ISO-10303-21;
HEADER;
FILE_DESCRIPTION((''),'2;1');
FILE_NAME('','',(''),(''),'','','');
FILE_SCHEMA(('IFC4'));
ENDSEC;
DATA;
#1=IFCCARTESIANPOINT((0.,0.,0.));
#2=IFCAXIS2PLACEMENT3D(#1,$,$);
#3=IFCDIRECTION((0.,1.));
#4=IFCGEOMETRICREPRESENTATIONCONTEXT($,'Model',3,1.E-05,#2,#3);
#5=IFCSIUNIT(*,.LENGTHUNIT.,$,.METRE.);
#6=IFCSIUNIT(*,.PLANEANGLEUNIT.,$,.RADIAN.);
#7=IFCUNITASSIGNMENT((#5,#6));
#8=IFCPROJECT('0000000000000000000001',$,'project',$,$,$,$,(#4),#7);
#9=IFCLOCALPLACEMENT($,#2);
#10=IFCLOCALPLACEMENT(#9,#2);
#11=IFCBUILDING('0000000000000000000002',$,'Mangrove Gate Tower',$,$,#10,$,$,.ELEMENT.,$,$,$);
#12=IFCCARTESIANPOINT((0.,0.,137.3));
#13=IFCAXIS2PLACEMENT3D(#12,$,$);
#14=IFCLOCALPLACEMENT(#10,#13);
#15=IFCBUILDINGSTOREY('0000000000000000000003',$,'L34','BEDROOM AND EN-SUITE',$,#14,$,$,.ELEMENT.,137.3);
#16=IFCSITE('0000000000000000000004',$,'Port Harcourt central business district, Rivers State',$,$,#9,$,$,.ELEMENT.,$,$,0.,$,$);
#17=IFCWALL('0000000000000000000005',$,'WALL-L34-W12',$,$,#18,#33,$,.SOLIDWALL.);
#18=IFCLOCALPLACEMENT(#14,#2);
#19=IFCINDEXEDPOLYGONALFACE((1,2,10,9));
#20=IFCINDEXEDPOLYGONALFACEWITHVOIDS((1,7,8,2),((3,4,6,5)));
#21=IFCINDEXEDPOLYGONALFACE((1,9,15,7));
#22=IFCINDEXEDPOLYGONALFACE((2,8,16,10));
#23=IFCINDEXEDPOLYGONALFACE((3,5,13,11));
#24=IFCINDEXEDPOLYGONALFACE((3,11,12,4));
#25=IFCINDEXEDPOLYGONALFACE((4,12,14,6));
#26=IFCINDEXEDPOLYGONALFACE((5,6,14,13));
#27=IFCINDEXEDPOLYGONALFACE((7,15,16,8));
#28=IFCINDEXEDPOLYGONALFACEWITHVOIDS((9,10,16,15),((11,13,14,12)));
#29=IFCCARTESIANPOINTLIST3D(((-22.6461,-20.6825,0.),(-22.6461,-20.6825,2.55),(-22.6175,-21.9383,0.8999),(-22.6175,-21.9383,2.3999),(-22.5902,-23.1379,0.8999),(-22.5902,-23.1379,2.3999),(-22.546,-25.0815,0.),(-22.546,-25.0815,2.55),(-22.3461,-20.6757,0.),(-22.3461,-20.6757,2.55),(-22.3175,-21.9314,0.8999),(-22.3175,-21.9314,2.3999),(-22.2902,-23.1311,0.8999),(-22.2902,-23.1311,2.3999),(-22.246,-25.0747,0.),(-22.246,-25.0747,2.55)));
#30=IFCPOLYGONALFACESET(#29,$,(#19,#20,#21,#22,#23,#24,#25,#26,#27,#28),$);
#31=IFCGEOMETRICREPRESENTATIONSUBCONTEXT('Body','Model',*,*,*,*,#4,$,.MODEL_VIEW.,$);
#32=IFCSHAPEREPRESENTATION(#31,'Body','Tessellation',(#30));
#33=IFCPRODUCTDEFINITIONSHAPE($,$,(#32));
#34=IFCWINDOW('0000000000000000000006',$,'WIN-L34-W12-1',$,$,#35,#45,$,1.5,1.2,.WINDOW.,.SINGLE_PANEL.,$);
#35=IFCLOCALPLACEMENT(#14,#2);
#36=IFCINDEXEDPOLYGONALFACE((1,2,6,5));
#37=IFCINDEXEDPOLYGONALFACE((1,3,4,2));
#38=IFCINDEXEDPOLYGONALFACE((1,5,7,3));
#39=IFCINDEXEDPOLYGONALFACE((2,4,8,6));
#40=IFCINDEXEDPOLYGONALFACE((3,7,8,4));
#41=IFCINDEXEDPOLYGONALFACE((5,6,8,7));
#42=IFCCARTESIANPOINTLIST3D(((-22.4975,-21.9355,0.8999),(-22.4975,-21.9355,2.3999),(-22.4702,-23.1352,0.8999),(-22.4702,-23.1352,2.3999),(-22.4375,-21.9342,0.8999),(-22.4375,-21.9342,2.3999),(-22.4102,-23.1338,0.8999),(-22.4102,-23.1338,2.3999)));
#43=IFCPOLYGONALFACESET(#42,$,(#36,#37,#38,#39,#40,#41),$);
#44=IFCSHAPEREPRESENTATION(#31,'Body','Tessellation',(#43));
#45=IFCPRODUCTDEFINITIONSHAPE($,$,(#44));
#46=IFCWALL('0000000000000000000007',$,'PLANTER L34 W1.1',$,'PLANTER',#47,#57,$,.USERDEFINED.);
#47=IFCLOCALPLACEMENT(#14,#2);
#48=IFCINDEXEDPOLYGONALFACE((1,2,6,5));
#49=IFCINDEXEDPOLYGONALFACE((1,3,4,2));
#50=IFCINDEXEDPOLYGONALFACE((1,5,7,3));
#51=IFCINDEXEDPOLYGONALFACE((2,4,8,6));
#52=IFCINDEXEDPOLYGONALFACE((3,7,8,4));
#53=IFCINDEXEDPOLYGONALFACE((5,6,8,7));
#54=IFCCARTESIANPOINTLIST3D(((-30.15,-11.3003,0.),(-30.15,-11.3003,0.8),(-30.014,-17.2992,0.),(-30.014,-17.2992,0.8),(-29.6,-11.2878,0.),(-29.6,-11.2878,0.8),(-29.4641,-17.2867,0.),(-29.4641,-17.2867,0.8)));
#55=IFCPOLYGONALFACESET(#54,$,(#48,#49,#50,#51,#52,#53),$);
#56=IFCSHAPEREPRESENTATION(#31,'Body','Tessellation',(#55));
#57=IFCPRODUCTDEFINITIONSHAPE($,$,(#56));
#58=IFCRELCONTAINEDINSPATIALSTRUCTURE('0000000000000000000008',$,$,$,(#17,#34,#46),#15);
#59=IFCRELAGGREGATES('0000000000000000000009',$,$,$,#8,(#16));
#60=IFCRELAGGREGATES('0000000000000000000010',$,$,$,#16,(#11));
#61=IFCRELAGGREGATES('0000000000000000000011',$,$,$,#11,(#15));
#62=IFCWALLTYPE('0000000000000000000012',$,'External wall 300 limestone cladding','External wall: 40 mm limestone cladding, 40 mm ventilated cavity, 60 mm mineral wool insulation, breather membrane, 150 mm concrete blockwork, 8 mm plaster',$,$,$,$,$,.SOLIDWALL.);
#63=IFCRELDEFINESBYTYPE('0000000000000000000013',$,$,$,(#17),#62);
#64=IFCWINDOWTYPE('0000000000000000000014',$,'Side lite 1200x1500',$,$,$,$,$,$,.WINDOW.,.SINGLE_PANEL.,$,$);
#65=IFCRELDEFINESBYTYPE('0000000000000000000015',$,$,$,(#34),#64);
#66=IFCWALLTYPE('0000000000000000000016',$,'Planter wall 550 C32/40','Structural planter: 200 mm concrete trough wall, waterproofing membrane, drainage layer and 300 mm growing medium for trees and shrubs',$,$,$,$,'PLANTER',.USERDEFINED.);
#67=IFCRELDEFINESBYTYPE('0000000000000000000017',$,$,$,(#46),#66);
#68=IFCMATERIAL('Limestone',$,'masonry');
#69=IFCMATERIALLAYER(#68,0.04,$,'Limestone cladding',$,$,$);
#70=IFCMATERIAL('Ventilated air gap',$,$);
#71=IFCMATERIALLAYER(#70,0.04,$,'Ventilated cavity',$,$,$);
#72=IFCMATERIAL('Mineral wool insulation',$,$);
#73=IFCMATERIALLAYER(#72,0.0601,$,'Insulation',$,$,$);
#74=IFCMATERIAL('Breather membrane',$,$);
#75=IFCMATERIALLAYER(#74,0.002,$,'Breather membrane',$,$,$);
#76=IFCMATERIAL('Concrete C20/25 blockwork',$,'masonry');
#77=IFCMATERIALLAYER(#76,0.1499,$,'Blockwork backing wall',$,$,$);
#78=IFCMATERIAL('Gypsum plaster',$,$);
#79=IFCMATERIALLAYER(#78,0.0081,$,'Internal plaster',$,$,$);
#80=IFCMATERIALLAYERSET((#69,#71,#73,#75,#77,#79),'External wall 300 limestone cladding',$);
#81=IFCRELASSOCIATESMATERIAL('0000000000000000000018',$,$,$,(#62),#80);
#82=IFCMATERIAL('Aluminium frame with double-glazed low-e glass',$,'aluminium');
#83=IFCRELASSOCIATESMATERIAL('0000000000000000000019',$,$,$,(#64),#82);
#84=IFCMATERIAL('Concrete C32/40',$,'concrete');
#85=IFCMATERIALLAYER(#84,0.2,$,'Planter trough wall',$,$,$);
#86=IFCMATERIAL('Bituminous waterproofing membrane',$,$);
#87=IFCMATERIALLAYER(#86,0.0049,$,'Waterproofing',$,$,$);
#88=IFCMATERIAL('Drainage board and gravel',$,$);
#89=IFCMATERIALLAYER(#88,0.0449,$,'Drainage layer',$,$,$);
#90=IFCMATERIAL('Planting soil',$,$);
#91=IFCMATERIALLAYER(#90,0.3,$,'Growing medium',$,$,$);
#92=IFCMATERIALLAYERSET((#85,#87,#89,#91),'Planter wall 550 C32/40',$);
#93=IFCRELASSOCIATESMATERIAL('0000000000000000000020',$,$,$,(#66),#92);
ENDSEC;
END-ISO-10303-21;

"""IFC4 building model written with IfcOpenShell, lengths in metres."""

from ifc_helpers import new_model, si_unit, direction, frame, frame_2d, origin, place, context, subcontext, project, spatial, rectangle, extrude, material, layer, layer_set, type_object, element, fill, save


model = new_model("IFC4")

# Units and contexts
model_context = context("Model", 3, precision=1e-05, world=origin(), true_north=direction((0.0, 1.0)))
body_context = subcontext(model_context, "Body", "Model", "MODEL_VIEW")
ifc_project = project(units=[si_unit("LENGTHUNIT", "METRE"), si_unit("PLANEANGLEUNIT", "RADIAN")], contexts=[model_context])

# Site, building, storey
site_placement = place(None, origin())
site = spatial("IfcSite", under=ifc_project, at=site_placement, Name="Port Harcourt central business district, Rivers State", CompositionType="ELEMENT", RefElevation=0.0)
building_placement = place(site_placement, origin())
building = spatial("IfcBuilding", under=site, at=building_placement, Name="Mangrove Gate Tower", CompositionType="ELEMENT")
storey_placement = place(building_placement, frame((0.0, 0.0, 137.3)))
storey = spatial("IfcBuildingStorey", under=building, at=storey_placement, Name="L34", Description="BEDROOM AND EN-SUITE", CompositionType="ELEMENT", Elevation=137.3)

# Wall, opening, window
ifc_material_1 = material(Name="Limestone", Category="masonry")
ifc_layer_1 = layer(ifc_material_1, 0.04, Name="Limestone cladding")
ifc_material_2 = material(Name="Ventilated air gap")
ifc_layer_2 = layer(ifc_material_2, 0.04, Name="Ventilated cavity")
ifc_material_3 = material(Name="Mineral wool insulation")
ifc_layer_3 = layer(ifc_material_3, 0.0601, Name="Insulation")
ifc_material_4 = material(Name="Breather membrane")
ifc_layer_4 = layer(ifc_material_4, 0.002, Name="Breather membrane")
ifc_material_5 = material(Name="Concrete C20/25 blockwork", Category="masonry")
ifc_layer_5 = layer(ifc_material_5, 0.1499, Name="Blockwork backing wall")
ifc_material_6 = material(Name="Gypsum plaster")
ifc_layer_6 = layer(ifc_material_6, 0.0081, Name="Internal plaster")
ifc_layer_set_1 = layer_set([ifc_layer_1, ifc_layer_2, ifc_layer_3, ifc_layer_4, ifc_layer_5, ifc_layer_6], Name="External wall 300 limestone cladding")
wall_type_1 = type_object("IfcWallType", Name="External wall 300 limestone cladding", Description="External wall: 40 mm limestone cladding, 40 mm ventilated cavity, 60 mm mineral wool insulation, breather membrane, 150 mm concrete blockwork, 8 mm plaster", PredefinedType="SOLIDWALL", material=ifc_layer_set_1)
ifc_material_7 = material(Name="Aluminium frame with double-glazed low-e glass", Category="aluminium")
window_type = type_object("IfcWindowType", Name="Side lite 1200x1500", PartitioningType="SINGLE_PANEL", PredefinedType="WINDOW", material=ifc_material_7)
wall_1_placement = place(storey_placement, frame((-22.4961, -20.679, 0.0), z_axis=(0.0, 0.0, 1.0), x_axis=(0.022749, -0.999741, 0.0)))
wall_1 = element("IfcWall", 1, at=wall_1_placement, inside=storey, type_object=wall_type_1, Name="WALL-L34-W12", PredefinedType="SOLIDWALL", context=body_context, shape_type="SweptSolid", body=[
    extrude(rectangle(XDim=4.4001, YDim=0.3, at=frame_2d((2.2002, 0.0))), origin(), (0.0, 0.0, 1.0), 2.55),
])
opening_1_placement = place(wall_1_placement, frame((1.2561, 0.0, 0.8999)))
opening_1 = element("IfcOpeningElement", 2, at=opening_1_placement, cuts=wall_1, PredefinedType="OPENING", context=body_context, shape_type="SweptSolid", body=[
    extrude(rectangle(XDim=1.2, YDim=1.5, at=frame_2d((0.6001, 0.75))), frame((0.0, 0.1599, 0.0), z_axis=(0.0, -1.0, 0.0), x_axis=(1.0, 0.0, 0.0)), (0.0, 0.0, 1.0), 0.3201),
])
window_1_placement = place(opening_1_placement, origin())
window_1 = element("IfcWindow", 3, at=window_1_placement, inside=storey, type_object=window_type, Name="WIN-L34-W12-1", OverallHeight=1.5, OverallWidth=1.2, PartitioningType="SINGLE_PANEL", PredefinedType="WINDOW", context=body_context, shape_type="SweptSolid", body=[
    extrude(rectangle(XDim=1.2, YDim=1.5, at=frame_2d((0.6001, 0.75))), frame((0.0, 0.03, 0.0), z_axis=(0.0, -1.0, 0.0), x_axis=(1.0, 0.0, 0.0)), (0.0, 0.0, 1.0), 0.0601),
])
fill(opening_1, window_1)

# Wall
ifc_material_8 = material(Name="Concrete C32/40", Category="concrete")
ifc_layer_7 = layer(ifc_material_8, 0.2, Name="Planter trough wall")
ifc_material_9 = material(Name="Bituminous waterproofing membrane")
ifc_layer_8 = layer(ifc_material_9, 0.0049, Name="Waterproofing")
ifc_material_10 = material(Name="Drainage board and gravel")
ifc_layer_9 = layer(ifc_material_10, 0.0449, Name="Drainage layer")
ifc_material_11 = material(Name="Planting soil")
ifc_layer_10 = layer(ifc_material_11, 0.3, Name="Growing medium")
ifc_layer_set_2 = layer_set([ifc_layer_7, ifc_layer_8, ifc_layer_9, ifc_layer_10], Name="Planter wall 550 C32/40")
wall_type_2 = type_object("IfcWallType", Name="Planter wall 550 C32/40", Description="Structural planter: 200 mm concrete trough wall, waterproofing membrane, drainage layer and 300 mm growing medium for trees and shrubs", ElementType="PLANTER", PredefinedType="USERDEFINED", material=ifc_layer_set_2)
wall_2_placement = place(storey_placement, frame((-29.739, -17.293, 0.0), z_axis=(0.0, 0.0, 1.0), x_axis=(-0.022662, 0.999743, 0.0)))
element("IfcWall", 4, at=wall_2_placement, inside=storey, type_object=wall_type_2, Name="PLANTER L34 W1.1", ObjectType="PLANTER", PredefinedType="USERDEFINED", context=body_context, shape_type="SweptSolid", body=[
    extrude(rectangle(XDim=6.0005, YDim=0.55, at=frame_2d((3.0002, 0.0))), origin(), (0.0, 0.0, 1.0), 0.8),
])

save(model, "model.ifc")
